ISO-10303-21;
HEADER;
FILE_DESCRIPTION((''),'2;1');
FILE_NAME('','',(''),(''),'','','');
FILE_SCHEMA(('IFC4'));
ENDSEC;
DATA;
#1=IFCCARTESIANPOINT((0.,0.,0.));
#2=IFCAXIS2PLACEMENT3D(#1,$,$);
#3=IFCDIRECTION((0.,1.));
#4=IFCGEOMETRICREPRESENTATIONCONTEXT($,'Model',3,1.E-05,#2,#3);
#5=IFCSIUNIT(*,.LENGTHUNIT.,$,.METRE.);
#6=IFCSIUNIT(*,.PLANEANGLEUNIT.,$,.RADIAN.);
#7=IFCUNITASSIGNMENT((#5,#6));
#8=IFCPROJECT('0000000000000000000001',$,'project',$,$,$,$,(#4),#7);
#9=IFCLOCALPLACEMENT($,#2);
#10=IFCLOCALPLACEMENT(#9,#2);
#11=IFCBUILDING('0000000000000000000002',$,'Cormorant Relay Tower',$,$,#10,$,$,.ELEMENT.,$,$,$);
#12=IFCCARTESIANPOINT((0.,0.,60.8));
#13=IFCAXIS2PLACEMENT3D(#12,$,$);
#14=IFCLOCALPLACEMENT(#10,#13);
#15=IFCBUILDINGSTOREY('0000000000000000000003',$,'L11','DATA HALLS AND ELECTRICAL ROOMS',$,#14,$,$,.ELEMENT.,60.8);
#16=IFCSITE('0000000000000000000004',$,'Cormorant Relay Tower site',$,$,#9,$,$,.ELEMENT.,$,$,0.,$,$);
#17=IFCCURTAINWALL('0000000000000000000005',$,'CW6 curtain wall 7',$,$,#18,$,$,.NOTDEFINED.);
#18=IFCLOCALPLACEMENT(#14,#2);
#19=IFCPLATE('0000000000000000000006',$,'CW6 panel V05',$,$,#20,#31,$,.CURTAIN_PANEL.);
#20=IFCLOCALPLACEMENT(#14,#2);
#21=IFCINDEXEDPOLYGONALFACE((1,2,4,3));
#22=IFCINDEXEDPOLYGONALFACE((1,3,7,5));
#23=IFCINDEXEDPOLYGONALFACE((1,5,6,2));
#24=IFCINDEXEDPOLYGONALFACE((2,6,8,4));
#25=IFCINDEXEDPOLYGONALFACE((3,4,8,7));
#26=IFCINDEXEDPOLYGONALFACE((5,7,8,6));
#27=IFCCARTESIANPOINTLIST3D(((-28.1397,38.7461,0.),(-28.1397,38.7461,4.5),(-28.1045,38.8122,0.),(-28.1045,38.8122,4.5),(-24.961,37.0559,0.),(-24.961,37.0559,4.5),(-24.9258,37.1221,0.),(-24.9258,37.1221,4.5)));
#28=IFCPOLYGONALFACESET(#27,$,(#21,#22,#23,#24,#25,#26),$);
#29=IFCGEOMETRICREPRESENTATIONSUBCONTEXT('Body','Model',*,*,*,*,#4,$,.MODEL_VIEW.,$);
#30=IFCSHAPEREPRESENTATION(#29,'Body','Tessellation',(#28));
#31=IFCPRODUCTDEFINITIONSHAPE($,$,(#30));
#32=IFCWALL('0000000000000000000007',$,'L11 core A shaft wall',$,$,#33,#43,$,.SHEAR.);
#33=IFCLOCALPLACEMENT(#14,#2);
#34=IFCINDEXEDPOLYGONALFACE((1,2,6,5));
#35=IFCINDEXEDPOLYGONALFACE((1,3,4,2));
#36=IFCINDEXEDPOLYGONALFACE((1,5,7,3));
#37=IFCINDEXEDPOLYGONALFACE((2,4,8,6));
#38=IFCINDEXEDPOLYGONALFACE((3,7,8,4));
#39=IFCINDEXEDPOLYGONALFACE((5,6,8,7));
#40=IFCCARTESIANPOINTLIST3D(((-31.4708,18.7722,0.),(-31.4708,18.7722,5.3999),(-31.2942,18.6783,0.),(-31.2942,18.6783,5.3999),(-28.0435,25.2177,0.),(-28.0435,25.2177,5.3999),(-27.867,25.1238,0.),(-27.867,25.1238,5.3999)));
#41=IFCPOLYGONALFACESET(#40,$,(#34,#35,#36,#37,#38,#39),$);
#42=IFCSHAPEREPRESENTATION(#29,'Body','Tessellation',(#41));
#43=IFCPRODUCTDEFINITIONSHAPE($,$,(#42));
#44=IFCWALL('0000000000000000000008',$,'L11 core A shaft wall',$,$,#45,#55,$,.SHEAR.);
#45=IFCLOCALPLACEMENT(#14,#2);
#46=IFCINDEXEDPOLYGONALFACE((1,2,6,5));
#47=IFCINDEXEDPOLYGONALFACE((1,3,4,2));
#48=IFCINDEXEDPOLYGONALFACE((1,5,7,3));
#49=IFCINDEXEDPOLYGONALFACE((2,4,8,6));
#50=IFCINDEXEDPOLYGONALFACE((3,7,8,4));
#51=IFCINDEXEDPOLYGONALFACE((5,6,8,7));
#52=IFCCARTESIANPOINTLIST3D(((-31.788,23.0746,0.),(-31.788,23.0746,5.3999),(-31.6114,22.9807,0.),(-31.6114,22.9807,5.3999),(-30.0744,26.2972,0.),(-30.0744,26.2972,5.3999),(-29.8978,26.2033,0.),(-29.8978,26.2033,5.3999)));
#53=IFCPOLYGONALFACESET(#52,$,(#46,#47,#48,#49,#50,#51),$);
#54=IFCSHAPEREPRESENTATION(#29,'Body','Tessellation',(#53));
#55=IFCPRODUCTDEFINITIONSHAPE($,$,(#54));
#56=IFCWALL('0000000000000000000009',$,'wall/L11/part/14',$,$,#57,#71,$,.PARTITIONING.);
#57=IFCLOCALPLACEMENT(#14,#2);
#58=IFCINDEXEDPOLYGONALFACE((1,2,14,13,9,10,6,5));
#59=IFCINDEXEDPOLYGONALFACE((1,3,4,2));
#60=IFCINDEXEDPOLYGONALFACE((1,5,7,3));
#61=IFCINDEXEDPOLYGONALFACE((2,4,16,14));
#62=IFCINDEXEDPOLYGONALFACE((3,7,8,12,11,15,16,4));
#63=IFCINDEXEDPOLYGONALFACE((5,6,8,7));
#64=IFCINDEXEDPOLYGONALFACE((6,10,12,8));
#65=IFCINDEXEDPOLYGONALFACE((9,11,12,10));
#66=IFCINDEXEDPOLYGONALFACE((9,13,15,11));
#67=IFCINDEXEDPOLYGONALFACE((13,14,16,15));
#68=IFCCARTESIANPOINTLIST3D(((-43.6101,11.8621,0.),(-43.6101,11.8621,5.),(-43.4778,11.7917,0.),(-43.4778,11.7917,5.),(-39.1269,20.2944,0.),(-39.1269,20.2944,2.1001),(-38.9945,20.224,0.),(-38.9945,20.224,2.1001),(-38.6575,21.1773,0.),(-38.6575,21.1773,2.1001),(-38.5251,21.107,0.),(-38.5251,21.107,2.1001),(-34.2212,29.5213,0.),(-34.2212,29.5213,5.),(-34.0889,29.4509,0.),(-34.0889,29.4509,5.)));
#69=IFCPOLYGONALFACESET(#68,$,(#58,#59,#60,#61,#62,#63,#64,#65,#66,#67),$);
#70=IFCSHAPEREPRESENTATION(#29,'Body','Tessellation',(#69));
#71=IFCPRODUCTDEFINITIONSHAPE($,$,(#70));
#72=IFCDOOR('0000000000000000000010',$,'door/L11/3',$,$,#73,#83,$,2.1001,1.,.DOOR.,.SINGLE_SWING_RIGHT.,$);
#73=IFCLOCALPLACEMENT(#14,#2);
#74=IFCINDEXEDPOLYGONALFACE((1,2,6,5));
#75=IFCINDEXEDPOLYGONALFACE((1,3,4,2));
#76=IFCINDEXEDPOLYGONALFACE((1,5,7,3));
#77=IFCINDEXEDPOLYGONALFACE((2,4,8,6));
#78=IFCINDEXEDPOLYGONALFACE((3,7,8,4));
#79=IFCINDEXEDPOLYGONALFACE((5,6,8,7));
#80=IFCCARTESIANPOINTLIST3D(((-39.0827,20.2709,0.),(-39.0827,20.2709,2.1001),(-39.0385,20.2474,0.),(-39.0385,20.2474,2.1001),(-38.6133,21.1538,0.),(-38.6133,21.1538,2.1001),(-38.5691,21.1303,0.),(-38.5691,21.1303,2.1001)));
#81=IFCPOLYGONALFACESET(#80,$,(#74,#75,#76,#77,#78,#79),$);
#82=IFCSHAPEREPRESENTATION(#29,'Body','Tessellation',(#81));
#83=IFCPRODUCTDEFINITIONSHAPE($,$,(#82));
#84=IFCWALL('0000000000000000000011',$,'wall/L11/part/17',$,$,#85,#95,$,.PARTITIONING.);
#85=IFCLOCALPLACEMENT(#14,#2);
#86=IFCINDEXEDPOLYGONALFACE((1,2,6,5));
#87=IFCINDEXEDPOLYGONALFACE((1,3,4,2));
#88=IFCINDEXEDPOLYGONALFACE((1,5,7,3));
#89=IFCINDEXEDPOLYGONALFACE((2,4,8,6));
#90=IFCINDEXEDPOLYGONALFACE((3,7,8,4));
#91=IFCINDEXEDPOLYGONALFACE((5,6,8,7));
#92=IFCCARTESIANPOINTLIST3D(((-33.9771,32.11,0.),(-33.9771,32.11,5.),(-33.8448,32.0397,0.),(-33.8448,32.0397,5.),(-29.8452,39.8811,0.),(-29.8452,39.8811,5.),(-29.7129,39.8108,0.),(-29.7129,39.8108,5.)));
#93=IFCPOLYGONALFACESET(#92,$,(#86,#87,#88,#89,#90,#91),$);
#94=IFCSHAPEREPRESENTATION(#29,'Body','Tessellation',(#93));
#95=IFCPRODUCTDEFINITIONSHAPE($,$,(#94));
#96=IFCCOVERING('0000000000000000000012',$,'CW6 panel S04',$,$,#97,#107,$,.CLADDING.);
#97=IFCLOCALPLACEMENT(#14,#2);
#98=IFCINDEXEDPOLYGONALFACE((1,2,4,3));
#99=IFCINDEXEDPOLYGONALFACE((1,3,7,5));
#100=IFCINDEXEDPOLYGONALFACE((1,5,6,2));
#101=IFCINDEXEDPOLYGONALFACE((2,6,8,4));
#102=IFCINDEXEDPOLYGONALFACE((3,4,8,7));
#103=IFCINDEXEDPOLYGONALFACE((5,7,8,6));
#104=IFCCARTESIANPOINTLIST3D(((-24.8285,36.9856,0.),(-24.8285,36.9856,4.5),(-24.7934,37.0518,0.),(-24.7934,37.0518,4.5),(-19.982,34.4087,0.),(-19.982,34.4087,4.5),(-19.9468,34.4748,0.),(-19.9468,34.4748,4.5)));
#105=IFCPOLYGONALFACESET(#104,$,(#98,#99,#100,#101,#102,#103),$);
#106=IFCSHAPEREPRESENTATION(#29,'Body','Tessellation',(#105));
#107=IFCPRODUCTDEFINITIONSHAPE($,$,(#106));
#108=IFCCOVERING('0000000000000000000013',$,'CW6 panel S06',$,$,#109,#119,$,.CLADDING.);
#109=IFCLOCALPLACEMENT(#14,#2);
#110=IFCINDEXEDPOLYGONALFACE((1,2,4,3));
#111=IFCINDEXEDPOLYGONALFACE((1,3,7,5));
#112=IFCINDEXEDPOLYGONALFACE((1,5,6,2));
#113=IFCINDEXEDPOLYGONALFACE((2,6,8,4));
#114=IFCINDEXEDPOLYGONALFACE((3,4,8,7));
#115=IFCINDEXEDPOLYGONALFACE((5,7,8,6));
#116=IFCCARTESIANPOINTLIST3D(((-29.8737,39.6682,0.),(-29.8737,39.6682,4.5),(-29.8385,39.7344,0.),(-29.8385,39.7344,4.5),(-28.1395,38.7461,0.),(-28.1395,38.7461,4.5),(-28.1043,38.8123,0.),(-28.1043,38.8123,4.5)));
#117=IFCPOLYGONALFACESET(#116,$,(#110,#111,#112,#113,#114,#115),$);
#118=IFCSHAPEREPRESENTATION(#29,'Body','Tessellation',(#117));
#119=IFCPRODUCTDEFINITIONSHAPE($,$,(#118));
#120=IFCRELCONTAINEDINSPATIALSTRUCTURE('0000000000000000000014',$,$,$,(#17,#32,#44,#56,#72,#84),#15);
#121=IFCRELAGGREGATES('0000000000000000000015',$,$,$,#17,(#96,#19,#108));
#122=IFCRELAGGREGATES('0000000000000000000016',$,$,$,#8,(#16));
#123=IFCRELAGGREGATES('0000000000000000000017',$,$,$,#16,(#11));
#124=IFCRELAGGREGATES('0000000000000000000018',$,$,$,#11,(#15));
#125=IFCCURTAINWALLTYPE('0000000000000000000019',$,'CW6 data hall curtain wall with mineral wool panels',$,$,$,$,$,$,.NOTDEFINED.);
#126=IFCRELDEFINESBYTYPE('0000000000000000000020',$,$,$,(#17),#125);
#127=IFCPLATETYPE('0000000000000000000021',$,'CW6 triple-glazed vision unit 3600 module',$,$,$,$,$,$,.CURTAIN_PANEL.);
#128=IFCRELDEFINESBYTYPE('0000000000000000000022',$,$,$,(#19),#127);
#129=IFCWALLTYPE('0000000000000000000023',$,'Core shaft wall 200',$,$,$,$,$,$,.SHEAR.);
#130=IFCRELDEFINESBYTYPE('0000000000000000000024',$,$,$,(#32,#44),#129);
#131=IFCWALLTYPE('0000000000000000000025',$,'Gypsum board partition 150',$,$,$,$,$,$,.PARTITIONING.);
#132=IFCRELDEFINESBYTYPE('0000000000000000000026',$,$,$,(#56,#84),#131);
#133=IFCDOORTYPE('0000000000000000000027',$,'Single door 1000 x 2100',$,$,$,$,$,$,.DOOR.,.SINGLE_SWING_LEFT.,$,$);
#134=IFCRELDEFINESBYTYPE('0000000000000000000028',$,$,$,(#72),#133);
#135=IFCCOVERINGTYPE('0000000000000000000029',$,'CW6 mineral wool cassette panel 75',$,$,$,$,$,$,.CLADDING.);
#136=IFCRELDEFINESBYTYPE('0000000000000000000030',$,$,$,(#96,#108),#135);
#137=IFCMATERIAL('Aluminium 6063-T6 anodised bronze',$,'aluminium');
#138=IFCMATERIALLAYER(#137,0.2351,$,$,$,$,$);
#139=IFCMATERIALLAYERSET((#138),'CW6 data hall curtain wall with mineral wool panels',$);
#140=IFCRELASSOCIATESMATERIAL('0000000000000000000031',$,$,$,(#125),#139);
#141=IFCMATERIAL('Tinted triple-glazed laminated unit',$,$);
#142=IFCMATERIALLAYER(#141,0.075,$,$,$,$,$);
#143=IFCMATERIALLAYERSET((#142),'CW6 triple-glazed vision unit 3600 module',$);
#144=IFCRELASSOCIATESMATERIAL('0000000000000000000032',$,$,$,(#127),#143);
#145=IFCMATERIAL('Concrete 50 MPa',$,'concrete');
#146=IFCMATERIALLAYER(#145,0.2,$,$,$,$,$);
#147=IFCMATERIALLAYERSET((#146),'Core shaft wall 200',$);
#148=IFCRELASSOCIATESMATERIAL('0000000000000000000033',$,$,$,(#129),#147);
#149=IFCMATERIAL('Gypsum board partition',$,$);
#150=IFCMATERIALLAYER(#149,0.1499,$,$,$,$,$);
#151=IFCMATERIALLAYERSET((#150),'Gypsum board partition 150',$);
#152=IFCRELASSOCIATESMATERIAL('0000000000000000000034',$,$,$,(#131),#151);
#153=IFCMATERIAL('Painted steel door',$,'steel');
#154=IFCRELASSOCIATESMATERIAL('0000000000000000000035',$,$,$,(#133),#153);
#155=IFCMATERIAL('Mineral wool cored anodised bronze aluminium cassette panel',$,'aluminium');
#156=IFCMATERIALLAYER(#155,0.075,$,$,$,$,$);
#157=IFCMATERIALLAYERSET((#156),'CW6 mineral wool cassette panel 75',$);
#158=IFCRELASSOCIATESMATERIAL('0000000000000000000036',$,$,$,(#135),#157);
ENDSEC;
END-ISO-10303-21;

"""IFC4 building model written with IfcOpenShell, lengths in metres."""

from ifc_helpers import new_model, si_unit, direction, frame, frame_2d, origin, origin_2d, place, context, subcontext, project, spatial, rectangle, extrude, material, layer, layer_set, type_object, element, fill, aggregate, save


model = new_model("IFC4")

# Units and contexts
model_context = context("Model", 3, precision=1e-05, world=origin(), true_north=direction((0.0, 1.0)))
body_context = subcontext(model_context, "Body", "Model", "MODEL_VIEW")
ifc_project = project(units=[si_unit("LENGTHUNIT", "METRE"), si_unit("PLANEANGLEUNIT", "RADIAN")], contexts=[model_context])

# Site, building, storey
site_placement = place(None, origin())
site = spatial("IfcSite", under=ifc_project, at=site_placement, Name="Cormorant Relay Tower site", CompositionType="ELEMENT", RefElevation=0.0)
building_placement = place(site_placement, origin())
building = spatial("IfcBuilding", under=site, at=building_placement, Name="Cormorant Relay Tower", CompositionType="ELEMENT")
storey_placement = place(building_placement, frame((0.0, 0.0, 60.8)))
storey = spatial("IfcBuildingStorey", under=building, at=storey_placement, Name="L11", Description="DATA HALLS AND ELECTRICAL ROOMS", CompositionType="ELEMENT", Elevation=60.8)

# Curtain wall
ifc_material_1 = material(Name="Aluminium 6063-T6 anodised bronze", Category="aluminium")
ifc_layer_1 = layer(ifc_material_1, 0.2351)
ifc_layer_set_1 = layer_set([ifc_layer_1], Name="CW6 data hall curtain wall with mineral wool panels")
curtain_wall_type = type_object("IfcCurtainWallType", Name="CW6 data hall curtain wall with mineral wool panels", PredefinedType="NOTDEFINED", material=ifc_layer_set_1)
curtain_wall_1_placement = place(storey_placement, origin())
curtain_wall_1 = element("IfcCurtainWall", 1, at=curtain_wall_1_placement, inside=storey, type_object=curtain_wall_type, Name="CW6 curtain wall 7", PredefinedType="NOTDEFINED")

# Plate
ifc_material_2 = material(Name="Tinted triple-glazed laminated unit")
ifc_layer_2 = layer(ifc_material_2, 0.075)
ifc_layer_set_2 = layer_set([ifc_layer_2], Name="CW6 triple-glazed vision unit 3600 module")
plate_type = type_object("IfcPlateType", Name="CW6 triple-glazed vision unit 3600 module", PredefinedType="CURTAIN_PANEL", material=ifc_layer_set_2)
plate_placement = place(storey_placement, frame((-26.5327, 37.9341, 0.0), z_axis=(0.0, 0.0, 1.0), x_axis=(-0.882948, 0.469472, 0.0)))
plate = element("IfcPlate", 2, at=plate_placement, type_object=plate_type, Name="CW6 panel V05", PredefinedType="CURTAIN_PANEL", context=body_context, shape_type="SweptSolid", body=[
    extrude(rectangle(XDim=3.6001, YDim=0.075, at=origin_2d()), origin(), (0.0, 0.0, 1.0), 4.5),
])

# Walls
ifc_material_3 = material(Name="Concrete 50 MPa", Category="concrete")
ifc_layer_3 = layer(ifc_material_3, 0.2)
ifc_layer_set_3 = layer_set([ifc_layer_3], Name="Core shaft wall 200")
wall_type_1 = type_object("IfcWallType", Name="Core shaft wall 200", PredefinedType="SHEAR", material=ifc_layer_set_3)
wall_1_placement = place(storey_placement, frame((-27.9553, 25.1707, 0.0), z_axis=(0.0, 0.0, 1.0), x_axis=(-0.46948, -0.882943, 0.0)))
element("IfcWall", 3, at=wall_1_placement, inside=storey, type_object=wall_type_1, Name="L11 core A shaft wall", PredefinedType="SHEAR", context=body_context, shape_type="SweptSolid", body=[
    extrude(rectangle(XDim=7.3, YDim=0.2, at=frame_2d((3.6499, 0.0))), origin(), (0.0, 0.0, 1.0), 5.3999),
])
wall_2_placement = place(storey_placement, frame((-29.9861, 26.2502, 0.0), z_axis=(0.0, 0.0, 1.0), x_axis=(-0.469494, -0.882936, 0.0)))
element("IfcWall", 4, at=wall_2_placement, inside=storey, type_object=wall_type_1, Name="L11 core A shaft wall", PredefinedType="SHEAR", context=body_context, shape_type="SweptSolid", body=[
    extrude(rectangle(XDim=3.6499, YDim=0.2, at=frame_2d((1.825, 0.0))), origin(), (0.0, 0.0, 1.0), 5.3999),
])

# Wall, opening, door
ifc_material_4 = material(Name="Gypsum board partition")
ifc_layer_4 = layer(ifc_material_4, 0.1499)
ifc_layer_set_4 = layer_set([ifc_layer_4], Name="Gypsum board partition 150")
wall_type_2 = type_object("IfcWallType", Name="Gypsum board partition 150", PredefinedType="PARTITIONING", material=ifc_layer_set_4)
wall_3_placement = place(storey_placement, frame((-34.155, 29.4861, 0.0), z_axis=(0.0, 0.0, 1.0), x_axis=(-0.469447, -0.882961, 0.0)))
wall_3 = element("IfcWall", 5, at=wall_3_placement, inside=storey, type_object=wall_type_2, Name="wall/L11/part/14", PredefinedType="PARTITIONING", context=body_context, shape_type="SweptSolid", body=[
    extrude(rectangle(XDim=20.0, YDim=0.1499, at=frame_2d((10.0, 0.0))), origin(), (0.0, 0.0, 1.0), 5.0),
])
opening_1_placement = place(wall_3_placement, frame((9.45, 0.0, 0.0)))
opening_1 = element("IfcOpeningElement", 6, at=opening_1_placement, cuts=wall_3, PredefinedType="OPENING", context=body_context, shape_type="SweptSolid", body=[
    extrude(rectangle(XDim=1.0, YDim=2.1001, at=frame_2d((0.5, 1.05))), frame((0.0, 0.085, 0.0), z_axis=(0.0, -1.0, 0.0), x_axis=(1.0, 0.0, 0.0)), (0.0, 0.0, 1.0), 0.1699),
])
ifc_material_5 = material(Name="Painted steel door", Category="steel")
door_type_1 = type_object("IfcDoorType", Name="Single door 1000 x 2100", OperationType="SINGLE_SWING_LEFT", PredefinedType="DOOR", material=ifc_material_5)
door_1_placement = place(opening_1_placement, frame((1.0, 0.0, 0.0), z_axis=(0.0, 0.0, 1.0), x_axis=(-1.0, 0.0, 0.0)))
door_1 = element("IfcDoor", 7, at=door_1_placement, inside=storey, type_object=door_type_1, Name="door/L11/3", OperationType="SINGLE_SWING_RIGHT", OverallHeight=2.1001, OverallWidth=1.0, PredefinedType="DOOR", context=body_context, shape_type="SweptSolid", body=[
    extrude(rectangle(XDim=1.0, YDim=2.1001, at=frame_2d((0.5, 1.05))), frame((0.0, 0.0249, 0.0), z_axis=(0.0, -1.0, 0.0), x_axis=(1.0, 0.0, 0.0)), (0.0, 0.0, 1.0), 0.05),
])
fill(opening_1, door_1)

# Wall
wall_4_placement = place(storey_placement, frame((-29.7791, 39.8459, 0.0), z_axis=(0.0, 0.0, 1.0), x_axis=(-0.469465, -0.882951, 0.0)))
element("IfcWall", 8, at=wall_4_placement, inside=storey, type_object=wall_type_2, Name="wall/L11/part/17", PredefinedType="PARTITIONING", context=body_context, shape_type="SweptSolid", body=[
    extrude(rectangle(XDim=8.8013, YDim=0.1499, at=frame_2d((4.4006, 0.0))), origin(), (0.0, 0.0, 1.0), 5.0),
])

# Coverings
ifc_material_6 = material(Name="Mineral wool cored anodised bronze aluminium cassette panel", Category="aluminium")
ifc_layer_5 = layer(ifc_material_6, 0.075)
ifc_layer_set_5 = layer_set([ifc_layer_5], Name="CW6 mineral wool cassette panel 75")
covering_type = type_object("IfcCoveringType", Name="CW6 mineral wool cassette panel 75", PredefinedType="CLADDING", material=ifc_layer_set_5)
covering_1_placement = place(storey_placement, frame((-22.3877, 35.7302, 0.0), z_axis=(0.0, 0.0, 1.0), x_axis=(-0.882948, 0.469472, 0.0)))
covering_1 = element("IfcCovering", 9, at=covering_1_placement, type_object=covering_type, Name="CW6 panel S04", PredefinedType="CLADDING", context=body_context, shape_type="SweptSolid", body=[
    extrude(rectangle(XDim=5.489, YDim=0.075, at=origin_2d()), origin(), (0.0, 0.0, 1.0), 4.5),
])
covering_2_placement = place(storey_placement, frame((-28.989, 39.2402, 0.0), z_axis=(0.0, 0.0, 1.0), x_axis=(-0.882948, 0.469472, 0.0)))
covering_2 = element("IfcCovering", 10, at=covering_2_placement, type_object=covering_type, Name="CW6 panel S06", PredefinedType="CLADDING", context=body_context, shape_type="SweptSolid", body=[
    extrude(rectangle(XDim=1.9641, YDim=0.075, at=origin_2d()), origin(), (0.0, 0.0, 1.0), 4.5),
])
aggregate(curtain_wall_1, [covering_1, plate, covering_2])

save(model, "model.ifc")
